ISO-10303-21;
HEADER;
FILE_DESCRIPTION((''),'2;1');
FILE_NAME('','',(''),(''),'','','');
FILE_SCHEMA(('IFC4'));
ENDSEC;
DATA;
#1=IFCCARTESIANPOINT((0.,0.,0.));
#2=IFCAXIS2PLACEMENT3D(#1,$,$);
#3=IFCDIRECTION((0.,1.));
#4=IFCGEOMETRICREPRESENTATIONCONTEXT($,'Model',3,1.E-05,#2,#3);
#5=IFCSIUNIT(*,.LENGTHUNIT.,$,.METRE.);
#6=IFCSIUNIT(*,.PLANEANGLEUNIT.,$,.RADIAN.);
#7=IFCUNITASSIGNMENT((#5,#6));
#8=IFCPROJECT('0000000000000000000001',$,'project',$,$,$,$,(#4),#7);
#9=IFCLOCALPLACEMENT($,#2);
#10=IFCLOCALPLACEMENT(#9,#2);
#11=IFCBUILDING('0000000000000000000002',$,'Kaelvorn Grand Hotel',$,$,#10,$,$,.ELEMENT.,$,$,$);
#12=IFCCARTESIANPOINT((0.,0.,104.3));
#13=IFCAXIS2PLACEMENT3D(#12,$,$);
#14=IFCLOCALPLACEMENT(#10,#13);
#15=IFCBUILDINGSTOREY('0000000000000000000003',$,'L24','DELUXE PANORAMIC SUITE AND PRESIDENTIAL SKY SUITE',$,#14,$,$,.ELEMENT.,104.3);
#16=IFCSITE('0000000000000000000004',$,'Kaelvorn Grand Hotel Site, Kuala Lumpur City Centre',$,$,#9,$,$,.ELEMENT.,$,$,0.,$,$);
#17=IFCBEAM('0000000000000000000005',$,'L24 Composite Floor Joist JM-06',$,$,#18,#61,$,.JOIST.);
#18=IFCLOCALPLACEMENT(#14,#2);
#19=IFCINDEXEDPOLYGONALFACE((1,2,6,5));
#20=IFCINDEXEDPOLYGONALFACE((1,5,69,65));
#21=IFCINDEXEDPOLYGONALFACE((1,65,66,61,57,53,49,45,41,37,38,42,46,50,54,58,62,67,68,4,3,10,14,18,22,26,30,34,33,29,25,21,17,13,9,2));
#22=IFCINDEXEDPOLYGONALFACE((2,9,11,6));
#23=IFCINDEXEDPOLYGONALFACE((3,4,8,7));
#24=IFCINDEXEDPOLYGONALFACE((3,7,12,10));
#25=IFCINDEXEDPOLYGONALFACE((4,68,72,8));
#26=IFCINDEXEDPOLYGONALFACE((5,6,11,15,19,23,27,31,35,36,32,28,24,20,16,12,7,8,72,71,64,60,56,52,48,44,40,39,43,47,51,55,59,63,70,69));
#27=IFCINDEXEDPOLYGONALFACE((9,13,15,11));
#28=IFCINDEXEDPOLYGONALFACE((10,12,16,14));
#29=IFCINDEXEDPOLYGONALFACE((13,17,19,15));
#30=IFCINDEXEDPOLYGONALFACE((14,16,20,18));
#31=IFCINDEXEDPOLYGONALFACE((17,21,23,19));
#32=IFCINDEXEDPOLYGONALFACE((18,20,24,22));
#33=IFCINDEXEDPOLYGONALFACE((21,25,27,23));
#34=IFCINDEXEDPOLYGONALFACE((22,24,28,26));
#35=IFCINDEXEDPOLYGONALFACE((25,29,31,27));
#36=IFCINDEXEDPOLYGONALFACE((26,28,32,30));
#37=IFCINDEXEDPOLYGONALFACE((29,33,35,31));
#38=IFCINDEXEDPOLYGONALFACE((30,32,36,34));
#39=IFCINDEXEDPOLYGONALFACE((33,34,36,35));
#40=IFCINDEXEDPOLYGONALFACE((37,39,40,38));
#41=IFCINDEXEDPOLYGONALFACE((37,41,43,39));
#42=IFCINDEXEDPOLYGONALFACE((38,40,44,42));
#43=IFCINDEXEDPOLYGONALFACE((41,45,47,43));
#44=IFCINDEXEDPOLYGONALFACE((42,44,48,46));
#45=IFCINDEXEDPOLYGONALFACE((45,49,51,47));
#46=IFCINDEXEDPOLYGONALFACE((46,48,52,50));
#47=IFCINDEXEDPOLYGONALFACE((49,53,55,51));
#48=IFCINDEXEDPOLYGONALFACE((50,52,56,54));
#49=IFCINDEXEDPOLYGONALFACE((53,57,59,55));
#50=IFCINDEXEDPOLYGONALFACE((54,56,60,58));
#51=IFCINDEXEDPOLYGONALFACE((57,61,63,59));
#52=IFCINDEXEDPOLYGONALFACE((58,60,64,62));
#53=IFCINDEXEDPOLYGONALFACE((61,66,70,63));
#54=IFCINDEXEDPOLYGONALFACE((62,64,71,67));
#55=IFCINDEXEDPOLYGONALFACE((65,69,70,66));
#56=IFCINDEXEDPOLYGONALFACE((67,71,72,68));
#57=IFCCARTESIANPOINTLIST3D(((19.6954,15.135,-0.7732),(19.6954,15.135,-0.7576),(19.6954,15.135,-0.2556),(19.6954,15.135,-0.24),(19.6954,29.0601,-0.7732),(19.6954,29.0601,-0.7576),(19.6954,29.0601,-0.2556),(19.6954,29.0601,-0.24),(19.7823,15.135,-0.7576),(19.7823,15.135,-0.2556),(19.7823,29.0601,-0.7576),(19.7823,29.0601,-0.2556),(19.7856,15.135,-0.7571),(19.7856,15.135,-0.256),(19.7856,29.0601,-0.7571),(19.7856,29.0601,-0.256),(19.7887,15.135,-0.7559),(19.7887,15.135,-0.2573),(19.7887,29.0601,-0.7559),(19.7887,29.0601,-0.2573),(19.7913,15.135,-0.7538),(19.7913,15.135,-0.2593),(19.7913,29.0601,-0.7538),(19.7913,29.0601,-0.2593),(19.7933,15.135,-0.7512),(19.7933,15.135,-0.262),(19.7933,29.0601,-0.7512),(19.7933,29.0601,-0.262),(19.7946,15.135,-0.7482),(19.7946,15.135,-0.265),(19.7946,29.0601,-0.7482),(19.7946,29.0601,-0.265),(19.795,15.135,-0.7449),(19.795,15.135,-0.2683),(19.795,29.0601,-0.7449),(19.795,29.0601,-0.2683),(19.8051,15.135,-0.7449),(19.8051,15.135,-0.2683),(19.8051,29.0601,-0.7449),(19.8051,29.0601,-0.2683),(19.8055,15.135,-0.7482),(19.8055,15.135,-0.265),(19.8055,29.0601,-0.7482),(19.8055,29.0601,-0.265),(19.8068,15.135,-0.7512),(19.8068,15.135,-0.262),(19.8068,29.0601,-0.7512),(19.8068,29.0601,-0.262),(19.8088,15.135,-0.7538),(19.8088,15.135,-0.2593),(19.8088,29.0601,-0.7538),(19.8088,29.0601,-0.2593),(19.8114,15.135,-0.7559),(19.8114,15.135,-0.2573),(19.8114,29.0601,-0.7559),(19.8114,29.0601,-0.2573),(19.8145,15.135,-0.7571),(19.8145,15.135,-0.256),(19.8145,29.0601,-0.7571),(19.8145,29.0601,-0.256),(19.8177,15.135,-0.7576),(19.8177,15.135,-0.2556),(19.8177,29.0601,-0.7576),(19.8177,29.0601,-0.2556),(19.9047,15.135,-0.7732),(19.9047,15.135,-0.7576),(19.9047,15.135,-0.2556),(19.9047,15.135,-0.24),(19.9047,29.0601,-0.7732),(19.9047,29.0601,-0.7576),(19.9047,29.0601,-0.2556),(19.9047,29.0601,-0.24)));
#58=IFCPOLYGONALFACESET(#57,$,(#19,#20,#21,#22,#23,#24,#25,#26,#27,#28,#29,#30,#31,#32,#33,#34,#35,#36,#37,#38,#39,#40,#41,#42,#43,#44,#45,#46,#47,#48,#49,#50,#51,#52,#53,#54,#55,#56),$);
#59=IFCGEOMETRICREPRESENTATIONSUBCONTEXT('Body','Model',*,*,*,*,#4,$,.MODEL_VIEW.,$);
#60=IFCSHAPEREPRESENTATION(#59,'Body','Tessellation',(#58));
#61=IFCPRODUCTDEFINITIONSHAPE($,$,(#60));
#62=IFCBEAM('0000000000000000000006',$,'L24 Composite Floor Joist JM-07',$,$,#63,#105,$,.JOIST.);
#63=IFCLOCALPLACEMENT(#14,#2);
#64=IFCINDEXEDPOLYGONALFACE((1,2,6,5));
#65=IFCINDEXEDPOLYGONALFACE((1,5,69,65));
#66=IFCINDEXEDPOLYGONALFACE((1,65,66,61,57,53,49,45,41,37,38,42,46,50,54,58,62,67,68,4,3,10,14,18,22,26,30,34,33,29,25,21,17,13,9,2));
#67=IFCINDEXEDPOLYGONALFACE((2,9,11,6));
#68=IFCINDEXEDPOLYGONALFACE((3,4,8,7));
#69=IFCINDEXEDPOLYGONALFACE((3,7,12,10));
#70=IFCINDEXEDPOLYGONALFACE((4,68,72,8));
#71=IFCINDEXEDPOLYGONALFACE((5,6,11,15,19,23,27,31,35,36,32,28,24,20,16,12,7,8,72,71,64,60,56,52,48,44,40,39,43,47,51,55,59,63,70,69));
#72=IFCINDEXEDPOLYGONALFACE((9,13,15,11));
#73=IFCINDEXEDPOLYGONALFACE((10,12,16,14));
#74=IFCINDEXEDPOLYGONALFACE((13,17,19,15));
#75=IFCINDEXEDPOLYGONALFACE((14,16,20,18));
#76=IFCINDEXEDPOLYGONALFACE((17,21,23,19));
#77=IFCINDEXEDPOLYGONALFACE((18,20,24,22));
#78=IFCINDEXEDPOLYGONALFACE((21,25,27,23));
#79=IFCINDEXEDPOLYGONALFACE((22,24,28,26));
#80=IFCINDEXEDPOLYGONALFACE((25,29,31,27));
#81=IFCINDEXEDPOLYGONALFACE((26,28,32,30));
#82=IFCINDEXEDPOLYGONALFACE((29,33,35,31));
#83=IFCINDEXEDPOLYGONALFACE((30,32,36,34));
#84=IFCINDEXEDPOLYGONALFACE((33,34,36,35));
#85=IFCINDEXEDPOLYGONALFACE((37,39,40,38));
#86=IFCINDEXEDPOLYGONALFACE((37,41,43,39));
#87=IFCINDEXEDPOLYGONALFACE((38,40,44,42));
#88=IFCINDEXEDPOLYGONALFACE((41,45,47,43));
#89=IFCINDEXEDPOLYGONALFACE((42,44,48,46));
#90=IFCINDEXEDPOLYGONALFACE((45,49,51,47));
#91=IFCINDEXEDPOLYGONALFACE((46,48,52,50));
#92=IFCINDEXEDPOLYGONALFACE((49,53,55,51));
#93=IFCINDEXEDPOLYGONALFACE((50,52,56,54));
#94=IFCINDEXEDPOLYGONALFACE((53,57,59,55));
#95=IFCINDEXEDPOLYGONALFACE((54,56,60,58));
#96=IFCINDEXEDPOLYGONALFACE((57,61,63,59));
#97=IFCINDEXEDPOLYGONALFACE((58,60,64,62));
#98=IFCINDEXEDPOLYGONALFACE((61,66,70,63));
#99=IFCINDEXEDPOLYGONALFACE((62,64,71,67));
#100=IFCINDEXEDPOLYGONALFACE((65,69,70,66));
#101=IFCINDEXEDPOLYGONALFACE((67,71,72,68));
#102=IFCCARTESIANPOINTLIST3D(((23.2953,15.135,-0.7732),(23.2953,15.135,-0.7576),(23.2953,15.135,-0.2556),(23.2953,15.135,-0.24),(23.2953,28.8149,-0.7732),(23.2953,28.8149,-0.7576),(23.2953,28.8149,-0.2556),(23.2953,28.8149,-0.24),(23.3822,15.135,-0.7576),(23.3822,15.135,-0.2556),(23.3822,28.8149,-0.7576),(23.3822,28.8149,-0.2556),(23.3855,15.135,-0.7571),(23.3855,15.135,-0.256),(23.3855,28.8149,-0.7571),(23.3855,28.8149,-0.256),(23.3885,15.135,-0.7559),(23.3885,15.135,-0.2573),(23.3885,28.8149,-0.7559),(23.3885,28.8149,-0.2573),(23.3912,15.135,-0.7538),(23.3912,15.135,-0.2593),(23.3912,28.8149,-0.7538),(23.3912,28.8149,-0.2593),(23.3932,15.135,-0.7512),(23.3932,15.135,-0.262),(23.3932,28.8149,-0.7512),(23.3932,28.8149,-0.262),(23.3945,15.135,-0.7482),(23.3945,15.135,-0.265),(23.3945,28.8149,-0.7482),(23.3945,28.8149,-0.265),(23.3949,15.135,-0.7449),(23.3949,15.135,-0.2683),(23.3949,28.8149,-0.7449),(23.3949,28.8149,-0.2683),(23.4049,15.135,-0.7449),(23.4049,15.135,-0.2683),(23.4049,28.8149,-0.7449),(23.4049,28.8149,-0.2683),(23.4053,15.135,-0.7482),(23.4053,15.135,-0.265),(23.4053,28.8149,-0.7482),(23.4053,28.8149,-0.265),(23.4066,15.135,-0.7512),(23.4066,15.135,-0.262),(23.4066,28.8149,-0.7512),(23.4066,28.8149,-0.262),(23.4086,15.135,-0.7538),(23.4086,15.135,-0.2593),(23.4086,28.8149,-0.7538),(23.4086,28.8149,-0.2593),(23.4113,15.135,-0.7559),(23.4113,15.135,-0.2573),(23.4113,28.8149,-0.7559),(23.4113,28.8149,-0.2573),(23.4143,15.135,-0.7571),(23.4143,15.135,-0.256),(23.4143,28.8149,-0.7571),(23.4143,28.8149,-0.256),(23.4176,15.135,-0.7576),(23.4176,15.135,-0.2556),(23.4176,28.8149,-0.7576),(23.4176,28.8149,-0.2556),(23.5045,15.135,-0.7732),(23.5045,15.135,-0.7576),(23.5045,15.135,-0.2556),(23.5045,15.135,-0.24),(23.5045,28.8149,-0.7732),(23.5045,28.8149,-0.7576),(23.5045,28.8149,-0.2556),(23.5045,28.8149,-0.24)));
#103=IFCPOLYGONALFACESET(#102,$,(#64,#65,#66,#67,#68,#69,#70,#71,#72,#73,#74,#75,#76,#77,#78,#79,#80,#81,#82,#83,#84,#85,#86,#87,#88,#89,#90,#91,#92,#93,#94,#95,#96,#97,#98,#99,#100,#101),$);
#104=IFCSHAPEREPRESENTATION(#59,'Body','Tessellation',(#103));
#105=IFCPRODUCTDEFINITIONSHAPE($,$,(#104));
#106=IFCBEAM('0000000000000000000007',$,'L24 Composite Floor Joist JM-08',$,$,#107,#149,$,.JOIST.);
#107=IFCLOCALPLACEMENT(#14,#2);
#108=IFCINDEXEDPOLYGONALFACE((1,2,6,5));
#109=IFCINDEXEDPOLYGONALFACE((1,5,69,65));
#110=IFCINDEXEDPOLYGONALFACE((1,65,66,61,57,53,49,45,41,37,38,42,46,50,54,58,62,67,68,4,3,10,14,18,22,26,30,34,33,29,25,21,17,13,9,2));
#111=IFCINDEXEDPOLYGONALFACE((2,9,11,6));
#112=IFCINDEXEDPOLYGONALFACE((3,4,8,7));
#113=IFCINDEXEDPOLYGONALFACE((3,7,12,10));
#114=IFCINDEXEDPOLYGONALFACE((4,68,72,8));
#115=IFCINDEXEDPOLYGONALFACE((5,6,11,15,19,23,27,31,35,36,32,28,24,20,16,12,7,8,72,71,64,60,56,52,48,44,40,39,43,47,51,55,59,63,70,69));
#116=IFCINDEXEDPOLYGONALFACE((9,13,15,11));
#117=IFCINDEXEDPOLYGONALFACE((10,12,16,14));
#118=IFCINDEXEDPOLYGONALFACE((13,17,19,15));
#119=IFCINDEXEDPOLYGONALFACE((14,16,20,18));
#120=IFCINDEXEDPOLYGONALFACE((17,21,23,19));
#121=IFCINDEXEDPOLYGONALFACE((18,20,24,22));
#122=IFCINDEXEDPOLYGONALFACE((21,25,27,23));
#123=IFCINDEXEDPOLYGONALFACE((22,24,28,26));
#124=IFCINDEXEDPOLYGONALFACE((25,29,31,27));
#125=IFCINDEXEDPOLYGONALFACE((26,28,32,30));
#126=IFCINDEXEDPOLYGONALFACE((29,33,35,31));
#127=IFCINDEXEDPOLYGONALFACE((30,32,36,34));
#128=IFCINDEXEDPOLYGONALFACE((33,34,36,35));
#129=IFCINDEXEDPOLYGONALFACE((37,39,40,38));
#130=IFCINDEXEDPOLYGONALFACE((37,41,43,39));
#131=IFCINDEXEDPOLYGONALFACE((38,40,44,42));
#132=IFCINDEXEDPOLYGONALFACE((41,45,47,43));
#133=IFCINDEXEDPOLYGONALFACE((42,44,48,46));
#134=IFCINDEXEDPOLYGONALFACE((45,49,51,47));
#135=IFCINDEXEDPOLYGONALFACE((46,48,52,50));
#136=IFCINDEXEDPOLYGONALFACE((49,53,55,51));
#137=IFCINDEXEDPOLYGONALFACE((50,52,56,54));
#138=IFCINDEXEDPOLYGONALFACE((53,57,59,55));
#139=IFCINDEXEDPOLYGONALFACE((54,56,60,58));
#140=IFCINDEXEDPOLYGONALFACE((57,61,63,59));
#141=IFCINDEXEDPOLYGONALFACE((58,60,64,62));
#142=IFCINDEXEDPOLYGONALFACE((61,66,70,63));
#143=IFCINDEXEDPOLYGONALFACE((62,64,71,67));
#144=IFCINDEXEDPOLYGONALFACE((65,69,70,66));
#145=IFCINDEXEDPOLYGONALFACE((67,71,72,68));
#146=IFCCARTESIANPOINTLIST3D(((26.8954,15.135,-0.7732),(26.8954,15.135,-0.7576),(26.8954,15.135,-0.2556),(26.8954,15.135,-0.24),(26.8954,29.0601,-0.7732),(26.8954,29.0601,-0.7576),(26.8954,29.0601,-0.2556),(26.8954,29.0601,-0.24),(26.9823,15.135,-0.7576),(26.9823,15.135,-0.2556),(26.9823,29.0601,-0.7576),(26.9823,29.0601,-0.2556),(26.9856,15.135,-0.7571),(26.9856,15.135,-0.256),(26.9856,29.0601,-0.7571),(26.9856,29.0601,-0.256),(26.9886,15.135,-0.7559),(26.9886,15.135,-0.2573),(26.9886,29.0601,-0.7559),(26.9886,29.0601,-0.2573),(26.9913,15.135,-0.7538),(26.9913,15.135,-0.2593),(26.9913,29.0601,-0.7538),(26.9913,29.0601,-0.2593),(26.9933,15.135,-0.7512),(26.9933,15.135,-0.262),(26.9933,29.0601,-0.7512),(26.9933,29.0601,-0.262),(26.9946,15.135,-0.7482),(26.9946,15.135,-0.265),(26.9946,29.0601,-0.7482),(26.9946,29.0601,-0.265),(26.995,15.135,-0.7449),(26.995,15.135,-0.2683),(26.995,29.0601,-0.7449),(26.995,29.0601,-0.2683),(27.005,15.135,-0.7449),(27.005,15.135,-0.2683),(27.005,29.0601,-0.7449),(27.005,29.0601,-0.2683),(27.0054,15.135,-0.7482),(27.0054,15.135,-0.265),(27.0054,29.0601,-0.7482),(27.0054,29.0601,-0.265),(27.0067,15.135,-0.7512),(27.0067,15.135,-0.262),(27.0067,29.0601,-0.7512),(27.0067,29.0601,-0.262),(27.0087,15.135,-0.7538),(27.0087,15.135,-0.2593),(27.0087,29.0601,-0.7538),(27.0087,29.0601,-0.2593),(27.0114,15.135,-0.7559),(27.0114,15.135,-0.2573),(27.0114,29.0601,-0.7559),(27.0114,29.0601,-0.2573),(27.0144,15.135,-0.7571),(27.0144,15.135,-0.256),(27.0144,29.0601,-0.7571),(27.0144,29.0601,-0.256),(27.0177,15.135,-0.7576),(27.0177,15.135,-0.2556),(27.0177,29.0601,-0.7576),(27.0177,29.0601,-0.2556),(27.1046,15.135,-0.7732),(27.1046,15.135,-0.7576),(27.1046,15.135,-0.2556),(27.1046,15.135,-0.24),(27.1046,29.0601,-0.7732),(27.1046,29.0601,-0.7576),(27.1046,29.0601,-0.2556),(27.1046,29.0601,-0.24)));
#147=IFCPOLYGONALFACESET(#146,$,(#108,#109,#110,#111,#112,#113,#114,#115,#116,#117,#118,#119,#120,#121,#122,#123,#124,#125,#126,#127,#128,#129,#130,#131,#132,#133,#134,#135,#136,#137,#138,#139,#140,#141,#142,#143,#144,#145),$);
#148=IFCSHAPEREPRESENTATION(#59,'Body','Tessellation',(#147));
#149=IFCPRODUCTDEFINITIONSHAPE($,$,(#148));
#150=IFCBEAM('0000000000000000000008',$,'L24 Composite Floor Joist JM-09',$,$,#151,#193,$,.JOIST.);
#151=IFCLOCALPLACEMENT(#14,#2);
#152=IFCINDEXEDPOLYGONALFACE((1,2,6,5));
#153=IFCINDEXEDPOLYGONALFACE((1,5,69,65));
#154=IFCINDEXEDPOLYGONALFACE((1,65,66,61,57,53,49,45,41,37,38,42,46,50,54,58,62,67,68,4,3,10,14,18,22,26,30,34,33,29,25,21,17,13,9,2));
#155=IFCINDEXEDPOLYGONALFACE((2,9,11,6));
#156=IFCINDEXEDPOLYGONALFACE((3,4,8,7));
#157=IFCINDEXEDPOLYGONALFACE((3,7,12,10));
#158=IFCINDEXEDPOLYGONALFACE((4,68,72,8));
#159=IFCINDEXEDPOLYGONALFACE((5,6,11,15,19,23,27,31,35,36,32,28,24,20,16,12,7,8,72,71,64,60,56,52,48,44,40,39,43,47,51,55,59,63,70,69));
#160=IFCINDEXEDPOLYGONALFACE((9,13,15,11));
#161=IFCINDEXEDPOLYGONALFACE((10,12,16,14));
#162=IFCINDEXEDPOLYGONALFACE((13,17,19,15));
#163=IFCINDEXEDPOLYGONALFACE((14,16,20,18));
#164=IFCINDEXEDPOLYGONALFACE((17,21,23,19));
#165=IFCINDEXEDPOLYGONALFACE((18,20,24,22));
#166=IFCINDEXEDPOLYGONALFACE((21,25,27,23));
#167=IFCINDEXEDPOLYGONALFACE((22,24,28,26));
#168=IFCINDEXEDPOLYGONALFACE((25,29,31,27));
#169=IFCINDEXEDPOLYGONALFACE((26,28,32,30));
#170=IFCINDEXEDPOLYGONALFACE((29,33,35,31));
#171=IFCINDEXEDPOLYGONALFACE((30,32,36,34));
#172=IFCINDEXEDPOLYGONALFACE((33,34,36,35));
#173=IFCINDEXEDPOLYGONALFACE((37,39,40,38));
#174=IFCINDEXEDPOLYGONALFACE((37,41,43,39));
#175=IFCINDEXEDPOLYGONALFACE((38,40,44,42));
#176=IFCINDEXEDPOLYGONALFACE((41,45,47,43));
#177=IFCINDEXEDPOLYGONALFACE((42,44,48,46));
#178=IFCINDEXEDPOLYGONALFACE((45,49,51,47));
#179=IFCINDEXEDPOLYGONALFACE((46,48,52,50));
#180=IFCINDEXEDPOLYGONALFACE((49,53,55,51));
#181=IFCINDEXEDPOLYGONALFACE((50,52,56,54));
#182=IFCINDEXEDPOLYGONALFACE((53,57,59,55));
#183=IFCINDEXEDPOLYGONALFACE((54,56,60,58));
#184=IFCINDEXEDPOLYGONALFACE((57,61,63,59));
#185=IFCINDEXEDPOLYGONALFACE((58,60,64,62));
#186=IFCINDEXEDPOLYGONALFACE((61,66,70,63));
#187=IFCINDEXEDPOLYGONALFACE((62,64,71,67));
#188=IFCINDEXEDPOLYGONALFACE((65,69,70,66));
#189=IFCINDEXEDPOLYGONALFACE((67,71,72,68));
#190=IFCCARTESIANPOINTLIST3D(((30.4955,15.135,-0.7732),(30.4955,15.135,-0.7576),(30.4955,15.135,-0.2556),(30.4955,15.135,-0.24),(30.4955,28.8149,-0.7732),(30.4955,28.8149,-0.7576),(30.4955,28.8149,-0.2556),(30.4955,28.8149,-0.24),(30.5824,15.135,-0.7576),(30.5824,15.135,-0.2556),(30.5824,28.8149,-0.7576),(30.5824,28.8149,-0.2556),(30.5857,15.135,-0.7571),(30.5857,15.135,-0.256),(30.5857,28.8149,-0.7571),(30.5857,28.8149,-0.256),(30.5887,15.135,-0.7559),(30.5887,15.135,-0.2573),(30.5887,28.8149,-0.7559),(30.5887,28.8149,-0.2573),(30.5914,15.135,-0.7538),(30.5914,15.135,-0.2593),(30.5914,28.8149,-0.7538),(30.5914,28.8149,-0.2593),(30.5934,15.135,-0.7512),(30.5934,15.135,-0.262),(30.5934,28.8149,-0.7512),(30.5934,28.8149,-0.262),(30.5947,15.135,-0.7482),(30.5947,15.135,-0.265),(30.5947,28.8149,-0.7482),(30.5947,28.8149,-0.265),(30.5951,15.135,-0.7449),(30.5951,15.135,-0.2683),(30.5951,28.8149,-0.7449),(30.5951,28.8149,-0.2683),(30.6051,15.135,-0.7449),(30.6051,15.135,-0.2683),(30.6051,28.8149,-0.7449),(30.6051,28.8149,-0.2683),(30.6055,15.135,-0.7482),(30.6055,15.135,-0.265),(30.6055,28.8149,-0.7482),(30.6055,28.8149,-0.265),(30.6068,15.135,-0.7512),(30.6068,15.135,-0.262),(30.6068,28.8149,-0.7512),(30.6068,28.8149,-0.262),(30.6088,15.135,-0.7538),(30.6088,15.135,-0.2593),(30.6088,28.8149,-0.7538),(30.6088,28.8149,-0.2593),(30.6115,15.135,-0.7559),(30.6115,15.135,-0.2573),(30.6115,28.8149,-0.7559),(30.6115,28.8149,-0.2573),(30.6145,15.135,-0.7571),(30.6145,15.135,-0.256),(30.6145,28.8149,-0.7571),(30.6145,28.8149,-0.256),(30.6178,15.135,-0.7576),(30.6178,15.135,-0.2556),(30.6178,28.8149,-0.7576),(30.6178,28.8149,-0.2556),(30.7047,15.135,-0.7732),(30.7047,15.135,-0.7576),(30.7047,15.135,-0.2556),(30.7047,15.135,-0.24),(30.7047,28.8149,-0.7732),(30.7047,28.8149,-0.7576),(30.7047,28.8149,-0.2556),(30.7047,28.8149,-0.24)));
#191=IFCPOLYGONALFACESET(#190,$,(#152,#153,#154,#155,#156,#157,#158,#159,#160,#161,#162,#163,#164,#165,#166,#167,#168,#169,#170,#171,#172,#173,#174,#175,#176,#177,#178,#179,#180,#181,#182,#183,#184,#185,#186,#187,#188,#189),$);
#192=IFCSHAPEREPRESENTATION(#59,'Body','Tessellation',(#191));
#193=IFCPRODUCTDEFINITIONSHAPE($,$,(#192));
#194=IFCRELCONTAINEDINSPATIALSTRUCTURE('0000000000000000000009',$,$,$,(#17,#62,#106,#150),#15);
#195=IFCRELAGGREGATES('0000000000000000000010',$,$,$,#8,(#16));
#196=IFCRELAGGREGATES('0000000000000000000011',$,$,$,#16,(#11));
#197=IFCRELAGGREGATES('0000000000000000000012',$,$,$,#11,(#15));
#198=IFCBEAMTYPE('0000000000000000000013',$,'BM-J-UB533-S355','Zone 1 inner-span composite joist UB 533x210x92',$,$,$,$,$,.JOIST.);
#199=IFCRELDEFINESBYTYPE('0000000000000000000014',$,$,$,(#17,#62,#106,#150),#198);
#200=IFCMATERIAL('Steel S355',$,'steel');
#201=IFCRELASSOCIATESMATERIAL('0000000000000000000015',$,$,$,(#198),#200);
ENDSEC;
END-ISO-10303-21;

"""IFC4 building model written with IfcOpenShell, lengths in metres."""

from ifc_helpers import new_model, si_unit, direction, frame, origin, origin_2d, place, context, subcontext, project, spatial, i_section, extrude, material, material_profile, profile_set, type_object, element, save


model = new_model("IFC4")

# Units and contexts
model_context = context("Model", 3, precision=1e-05, world=origin(), true_north=direction((0.0, 1.0)))
body_context = subcontext(model_context, "Body", "Model", "MODEL_VIEW")
ifc_project = project(units=[si_unit("LENGTHUNIT", "METRE"), si_unit("PLANEANGLEUNIT", "RADIAN")], contexts=[model_context])

# Site, building, storey
site_placement = place(None, origin())
site = spatial("IfcSite", under=ifc_project, at=site_placement, Name="Kaelvorn Grand Hotel Site, Kuala Lumpur City Centre", CompositionType="ELEMENT", RefElevation=0.0)
building_placement = place(site_placement, origin())
building = spatial("IfcBuilding", under=site, at=building_placement, Name="Kaelvorn Grand Hotel", CompositionType="ELEMENT")
storey_placement = place(building_placement, frame((0.0, 0.0, 104.3)))
storey = spatial("IfcBuildingStorey", under=building, at=storey_placement, Name="L24", Description="DELUXE PANORAMIC SUITE AND PRESIDENTIAL SKY SUITE", CompositionType="ELEMENT", Elevation=104.3)

# Beams
ifc_material_1 = material(Name="Steel S355", Category="steel")
ifc_material_profile_1 = material_profile(ifc_material_1, i_section(OverallWidth=0.2092, OverallDepth=0.5332, WebThickness=0.01, FlangeThickness=0.0156, FilletRadius=0.0127, at=origin_2d()), Name="UB 533x210x92")
ifc_profile_set_1 = profile_set([ifc_material_profile_1], Name="Steel S355")
beam_type_1 = type_object("IfcBeamType", Name="BM-J-UB533-S355", Description="Zone 1 inner-span composite joist UB 533x210x92", PredefinedType="JOIST", material=ifc_profile_set_1)
beam_1_placement = place(storey_placement, frame((19.8, 15.135, -0.5066), z_axis=(0.0, 1.0, 0.0), x_axis=(-1.0, 0.0, 0.0)))
element("IfcBeam", 1, at=beam_1_placement, inside=storey, type_object=beam_type_1, Name="L24 Composite Floor Joist JM-06", PredefinedType="JOIST", context=body_context, shape_type="SweptSolid", body=[
    extrude(i_section(OverallWidth=0.2092, OverallDepth=0.5332, WebThickness=0.01, FlangeThickness=0.0156, FilletRadius=0.0127, at=origin_2d()), origin(), (0.0, 0.0, 1.0), 13.925),
])
beam_2_placement = place(storey_placement, frame((23.3999, 15.135, -0.5066), z_axis=(0.0, 1.0, 0.0), x_axis=(-1.0, 0.0, 0.0)))
element("IfcBeam", 2, at=beam_2_placement, inside=storey, type_object=beam_type_1, Name="L24 Composite Floor Joist JM-07", PredefinedType="JOIST", context=body_context, shape_type="SweptSolid", body=[
    extrude(i_section(OverallWidth=0.2092, OverallDepth=0.5332, WebThickness=0.01, FlangeThickness=0.0156, FilletRadius=0.0127, at=origin_2d()), origin(), (0.0, 0.0, 1.0), 13.6799),
])
beam_3_placement = place(storey_placement, frame((27.0, 15.135, -0.5066), z_axis=(0.0, 1.0, 0.0), x_axis=(-1.0, 0.0, 0.0)))
element("IfcBeam", 3, at=beam_3_placement, inside=storey, type_object=beam_type_1, Name="L24 Composite Floor Joist JM-08", PredefinedType="JOIST", context=body_context, shape_type="SweptSolid", body=[
    extrude(i_section(OverallWidth=0.2092, OverallDepth=0.5332, WebThickness=0.01, FlangeThickness=0.0156, FilletRadius=0.0127, at=origin_2d()), origin(), (0.0, 0.0, 1.0), 13.925),
])
beam_4_placement = place(storey_placement, frame((30.6001, 15.135, -0.5066), z_axis=(0.0, 1.0, 0.0), x_axis=(-1.0, 0.0, 0.0)))
element("IfcBeam", 4, at=beam_4_placement, inside=storey, type_object=beam_type_1, Name="L24 Composite Floor Joist JM-09", PredefinedType="JOIST", context=body_context, shape_type="SweptSolid", body=[
    extrude(i_section(OverallWidth=0.2092, OverallDepth=0.5332, WebThickness=0.01, FlangeThickness=0.0156, FilletRadius=0.0127, at=origin_2d()), origin(), (0.0, 0.0, 1.0), 13.6799),
])

save(model, "model.ifc")
